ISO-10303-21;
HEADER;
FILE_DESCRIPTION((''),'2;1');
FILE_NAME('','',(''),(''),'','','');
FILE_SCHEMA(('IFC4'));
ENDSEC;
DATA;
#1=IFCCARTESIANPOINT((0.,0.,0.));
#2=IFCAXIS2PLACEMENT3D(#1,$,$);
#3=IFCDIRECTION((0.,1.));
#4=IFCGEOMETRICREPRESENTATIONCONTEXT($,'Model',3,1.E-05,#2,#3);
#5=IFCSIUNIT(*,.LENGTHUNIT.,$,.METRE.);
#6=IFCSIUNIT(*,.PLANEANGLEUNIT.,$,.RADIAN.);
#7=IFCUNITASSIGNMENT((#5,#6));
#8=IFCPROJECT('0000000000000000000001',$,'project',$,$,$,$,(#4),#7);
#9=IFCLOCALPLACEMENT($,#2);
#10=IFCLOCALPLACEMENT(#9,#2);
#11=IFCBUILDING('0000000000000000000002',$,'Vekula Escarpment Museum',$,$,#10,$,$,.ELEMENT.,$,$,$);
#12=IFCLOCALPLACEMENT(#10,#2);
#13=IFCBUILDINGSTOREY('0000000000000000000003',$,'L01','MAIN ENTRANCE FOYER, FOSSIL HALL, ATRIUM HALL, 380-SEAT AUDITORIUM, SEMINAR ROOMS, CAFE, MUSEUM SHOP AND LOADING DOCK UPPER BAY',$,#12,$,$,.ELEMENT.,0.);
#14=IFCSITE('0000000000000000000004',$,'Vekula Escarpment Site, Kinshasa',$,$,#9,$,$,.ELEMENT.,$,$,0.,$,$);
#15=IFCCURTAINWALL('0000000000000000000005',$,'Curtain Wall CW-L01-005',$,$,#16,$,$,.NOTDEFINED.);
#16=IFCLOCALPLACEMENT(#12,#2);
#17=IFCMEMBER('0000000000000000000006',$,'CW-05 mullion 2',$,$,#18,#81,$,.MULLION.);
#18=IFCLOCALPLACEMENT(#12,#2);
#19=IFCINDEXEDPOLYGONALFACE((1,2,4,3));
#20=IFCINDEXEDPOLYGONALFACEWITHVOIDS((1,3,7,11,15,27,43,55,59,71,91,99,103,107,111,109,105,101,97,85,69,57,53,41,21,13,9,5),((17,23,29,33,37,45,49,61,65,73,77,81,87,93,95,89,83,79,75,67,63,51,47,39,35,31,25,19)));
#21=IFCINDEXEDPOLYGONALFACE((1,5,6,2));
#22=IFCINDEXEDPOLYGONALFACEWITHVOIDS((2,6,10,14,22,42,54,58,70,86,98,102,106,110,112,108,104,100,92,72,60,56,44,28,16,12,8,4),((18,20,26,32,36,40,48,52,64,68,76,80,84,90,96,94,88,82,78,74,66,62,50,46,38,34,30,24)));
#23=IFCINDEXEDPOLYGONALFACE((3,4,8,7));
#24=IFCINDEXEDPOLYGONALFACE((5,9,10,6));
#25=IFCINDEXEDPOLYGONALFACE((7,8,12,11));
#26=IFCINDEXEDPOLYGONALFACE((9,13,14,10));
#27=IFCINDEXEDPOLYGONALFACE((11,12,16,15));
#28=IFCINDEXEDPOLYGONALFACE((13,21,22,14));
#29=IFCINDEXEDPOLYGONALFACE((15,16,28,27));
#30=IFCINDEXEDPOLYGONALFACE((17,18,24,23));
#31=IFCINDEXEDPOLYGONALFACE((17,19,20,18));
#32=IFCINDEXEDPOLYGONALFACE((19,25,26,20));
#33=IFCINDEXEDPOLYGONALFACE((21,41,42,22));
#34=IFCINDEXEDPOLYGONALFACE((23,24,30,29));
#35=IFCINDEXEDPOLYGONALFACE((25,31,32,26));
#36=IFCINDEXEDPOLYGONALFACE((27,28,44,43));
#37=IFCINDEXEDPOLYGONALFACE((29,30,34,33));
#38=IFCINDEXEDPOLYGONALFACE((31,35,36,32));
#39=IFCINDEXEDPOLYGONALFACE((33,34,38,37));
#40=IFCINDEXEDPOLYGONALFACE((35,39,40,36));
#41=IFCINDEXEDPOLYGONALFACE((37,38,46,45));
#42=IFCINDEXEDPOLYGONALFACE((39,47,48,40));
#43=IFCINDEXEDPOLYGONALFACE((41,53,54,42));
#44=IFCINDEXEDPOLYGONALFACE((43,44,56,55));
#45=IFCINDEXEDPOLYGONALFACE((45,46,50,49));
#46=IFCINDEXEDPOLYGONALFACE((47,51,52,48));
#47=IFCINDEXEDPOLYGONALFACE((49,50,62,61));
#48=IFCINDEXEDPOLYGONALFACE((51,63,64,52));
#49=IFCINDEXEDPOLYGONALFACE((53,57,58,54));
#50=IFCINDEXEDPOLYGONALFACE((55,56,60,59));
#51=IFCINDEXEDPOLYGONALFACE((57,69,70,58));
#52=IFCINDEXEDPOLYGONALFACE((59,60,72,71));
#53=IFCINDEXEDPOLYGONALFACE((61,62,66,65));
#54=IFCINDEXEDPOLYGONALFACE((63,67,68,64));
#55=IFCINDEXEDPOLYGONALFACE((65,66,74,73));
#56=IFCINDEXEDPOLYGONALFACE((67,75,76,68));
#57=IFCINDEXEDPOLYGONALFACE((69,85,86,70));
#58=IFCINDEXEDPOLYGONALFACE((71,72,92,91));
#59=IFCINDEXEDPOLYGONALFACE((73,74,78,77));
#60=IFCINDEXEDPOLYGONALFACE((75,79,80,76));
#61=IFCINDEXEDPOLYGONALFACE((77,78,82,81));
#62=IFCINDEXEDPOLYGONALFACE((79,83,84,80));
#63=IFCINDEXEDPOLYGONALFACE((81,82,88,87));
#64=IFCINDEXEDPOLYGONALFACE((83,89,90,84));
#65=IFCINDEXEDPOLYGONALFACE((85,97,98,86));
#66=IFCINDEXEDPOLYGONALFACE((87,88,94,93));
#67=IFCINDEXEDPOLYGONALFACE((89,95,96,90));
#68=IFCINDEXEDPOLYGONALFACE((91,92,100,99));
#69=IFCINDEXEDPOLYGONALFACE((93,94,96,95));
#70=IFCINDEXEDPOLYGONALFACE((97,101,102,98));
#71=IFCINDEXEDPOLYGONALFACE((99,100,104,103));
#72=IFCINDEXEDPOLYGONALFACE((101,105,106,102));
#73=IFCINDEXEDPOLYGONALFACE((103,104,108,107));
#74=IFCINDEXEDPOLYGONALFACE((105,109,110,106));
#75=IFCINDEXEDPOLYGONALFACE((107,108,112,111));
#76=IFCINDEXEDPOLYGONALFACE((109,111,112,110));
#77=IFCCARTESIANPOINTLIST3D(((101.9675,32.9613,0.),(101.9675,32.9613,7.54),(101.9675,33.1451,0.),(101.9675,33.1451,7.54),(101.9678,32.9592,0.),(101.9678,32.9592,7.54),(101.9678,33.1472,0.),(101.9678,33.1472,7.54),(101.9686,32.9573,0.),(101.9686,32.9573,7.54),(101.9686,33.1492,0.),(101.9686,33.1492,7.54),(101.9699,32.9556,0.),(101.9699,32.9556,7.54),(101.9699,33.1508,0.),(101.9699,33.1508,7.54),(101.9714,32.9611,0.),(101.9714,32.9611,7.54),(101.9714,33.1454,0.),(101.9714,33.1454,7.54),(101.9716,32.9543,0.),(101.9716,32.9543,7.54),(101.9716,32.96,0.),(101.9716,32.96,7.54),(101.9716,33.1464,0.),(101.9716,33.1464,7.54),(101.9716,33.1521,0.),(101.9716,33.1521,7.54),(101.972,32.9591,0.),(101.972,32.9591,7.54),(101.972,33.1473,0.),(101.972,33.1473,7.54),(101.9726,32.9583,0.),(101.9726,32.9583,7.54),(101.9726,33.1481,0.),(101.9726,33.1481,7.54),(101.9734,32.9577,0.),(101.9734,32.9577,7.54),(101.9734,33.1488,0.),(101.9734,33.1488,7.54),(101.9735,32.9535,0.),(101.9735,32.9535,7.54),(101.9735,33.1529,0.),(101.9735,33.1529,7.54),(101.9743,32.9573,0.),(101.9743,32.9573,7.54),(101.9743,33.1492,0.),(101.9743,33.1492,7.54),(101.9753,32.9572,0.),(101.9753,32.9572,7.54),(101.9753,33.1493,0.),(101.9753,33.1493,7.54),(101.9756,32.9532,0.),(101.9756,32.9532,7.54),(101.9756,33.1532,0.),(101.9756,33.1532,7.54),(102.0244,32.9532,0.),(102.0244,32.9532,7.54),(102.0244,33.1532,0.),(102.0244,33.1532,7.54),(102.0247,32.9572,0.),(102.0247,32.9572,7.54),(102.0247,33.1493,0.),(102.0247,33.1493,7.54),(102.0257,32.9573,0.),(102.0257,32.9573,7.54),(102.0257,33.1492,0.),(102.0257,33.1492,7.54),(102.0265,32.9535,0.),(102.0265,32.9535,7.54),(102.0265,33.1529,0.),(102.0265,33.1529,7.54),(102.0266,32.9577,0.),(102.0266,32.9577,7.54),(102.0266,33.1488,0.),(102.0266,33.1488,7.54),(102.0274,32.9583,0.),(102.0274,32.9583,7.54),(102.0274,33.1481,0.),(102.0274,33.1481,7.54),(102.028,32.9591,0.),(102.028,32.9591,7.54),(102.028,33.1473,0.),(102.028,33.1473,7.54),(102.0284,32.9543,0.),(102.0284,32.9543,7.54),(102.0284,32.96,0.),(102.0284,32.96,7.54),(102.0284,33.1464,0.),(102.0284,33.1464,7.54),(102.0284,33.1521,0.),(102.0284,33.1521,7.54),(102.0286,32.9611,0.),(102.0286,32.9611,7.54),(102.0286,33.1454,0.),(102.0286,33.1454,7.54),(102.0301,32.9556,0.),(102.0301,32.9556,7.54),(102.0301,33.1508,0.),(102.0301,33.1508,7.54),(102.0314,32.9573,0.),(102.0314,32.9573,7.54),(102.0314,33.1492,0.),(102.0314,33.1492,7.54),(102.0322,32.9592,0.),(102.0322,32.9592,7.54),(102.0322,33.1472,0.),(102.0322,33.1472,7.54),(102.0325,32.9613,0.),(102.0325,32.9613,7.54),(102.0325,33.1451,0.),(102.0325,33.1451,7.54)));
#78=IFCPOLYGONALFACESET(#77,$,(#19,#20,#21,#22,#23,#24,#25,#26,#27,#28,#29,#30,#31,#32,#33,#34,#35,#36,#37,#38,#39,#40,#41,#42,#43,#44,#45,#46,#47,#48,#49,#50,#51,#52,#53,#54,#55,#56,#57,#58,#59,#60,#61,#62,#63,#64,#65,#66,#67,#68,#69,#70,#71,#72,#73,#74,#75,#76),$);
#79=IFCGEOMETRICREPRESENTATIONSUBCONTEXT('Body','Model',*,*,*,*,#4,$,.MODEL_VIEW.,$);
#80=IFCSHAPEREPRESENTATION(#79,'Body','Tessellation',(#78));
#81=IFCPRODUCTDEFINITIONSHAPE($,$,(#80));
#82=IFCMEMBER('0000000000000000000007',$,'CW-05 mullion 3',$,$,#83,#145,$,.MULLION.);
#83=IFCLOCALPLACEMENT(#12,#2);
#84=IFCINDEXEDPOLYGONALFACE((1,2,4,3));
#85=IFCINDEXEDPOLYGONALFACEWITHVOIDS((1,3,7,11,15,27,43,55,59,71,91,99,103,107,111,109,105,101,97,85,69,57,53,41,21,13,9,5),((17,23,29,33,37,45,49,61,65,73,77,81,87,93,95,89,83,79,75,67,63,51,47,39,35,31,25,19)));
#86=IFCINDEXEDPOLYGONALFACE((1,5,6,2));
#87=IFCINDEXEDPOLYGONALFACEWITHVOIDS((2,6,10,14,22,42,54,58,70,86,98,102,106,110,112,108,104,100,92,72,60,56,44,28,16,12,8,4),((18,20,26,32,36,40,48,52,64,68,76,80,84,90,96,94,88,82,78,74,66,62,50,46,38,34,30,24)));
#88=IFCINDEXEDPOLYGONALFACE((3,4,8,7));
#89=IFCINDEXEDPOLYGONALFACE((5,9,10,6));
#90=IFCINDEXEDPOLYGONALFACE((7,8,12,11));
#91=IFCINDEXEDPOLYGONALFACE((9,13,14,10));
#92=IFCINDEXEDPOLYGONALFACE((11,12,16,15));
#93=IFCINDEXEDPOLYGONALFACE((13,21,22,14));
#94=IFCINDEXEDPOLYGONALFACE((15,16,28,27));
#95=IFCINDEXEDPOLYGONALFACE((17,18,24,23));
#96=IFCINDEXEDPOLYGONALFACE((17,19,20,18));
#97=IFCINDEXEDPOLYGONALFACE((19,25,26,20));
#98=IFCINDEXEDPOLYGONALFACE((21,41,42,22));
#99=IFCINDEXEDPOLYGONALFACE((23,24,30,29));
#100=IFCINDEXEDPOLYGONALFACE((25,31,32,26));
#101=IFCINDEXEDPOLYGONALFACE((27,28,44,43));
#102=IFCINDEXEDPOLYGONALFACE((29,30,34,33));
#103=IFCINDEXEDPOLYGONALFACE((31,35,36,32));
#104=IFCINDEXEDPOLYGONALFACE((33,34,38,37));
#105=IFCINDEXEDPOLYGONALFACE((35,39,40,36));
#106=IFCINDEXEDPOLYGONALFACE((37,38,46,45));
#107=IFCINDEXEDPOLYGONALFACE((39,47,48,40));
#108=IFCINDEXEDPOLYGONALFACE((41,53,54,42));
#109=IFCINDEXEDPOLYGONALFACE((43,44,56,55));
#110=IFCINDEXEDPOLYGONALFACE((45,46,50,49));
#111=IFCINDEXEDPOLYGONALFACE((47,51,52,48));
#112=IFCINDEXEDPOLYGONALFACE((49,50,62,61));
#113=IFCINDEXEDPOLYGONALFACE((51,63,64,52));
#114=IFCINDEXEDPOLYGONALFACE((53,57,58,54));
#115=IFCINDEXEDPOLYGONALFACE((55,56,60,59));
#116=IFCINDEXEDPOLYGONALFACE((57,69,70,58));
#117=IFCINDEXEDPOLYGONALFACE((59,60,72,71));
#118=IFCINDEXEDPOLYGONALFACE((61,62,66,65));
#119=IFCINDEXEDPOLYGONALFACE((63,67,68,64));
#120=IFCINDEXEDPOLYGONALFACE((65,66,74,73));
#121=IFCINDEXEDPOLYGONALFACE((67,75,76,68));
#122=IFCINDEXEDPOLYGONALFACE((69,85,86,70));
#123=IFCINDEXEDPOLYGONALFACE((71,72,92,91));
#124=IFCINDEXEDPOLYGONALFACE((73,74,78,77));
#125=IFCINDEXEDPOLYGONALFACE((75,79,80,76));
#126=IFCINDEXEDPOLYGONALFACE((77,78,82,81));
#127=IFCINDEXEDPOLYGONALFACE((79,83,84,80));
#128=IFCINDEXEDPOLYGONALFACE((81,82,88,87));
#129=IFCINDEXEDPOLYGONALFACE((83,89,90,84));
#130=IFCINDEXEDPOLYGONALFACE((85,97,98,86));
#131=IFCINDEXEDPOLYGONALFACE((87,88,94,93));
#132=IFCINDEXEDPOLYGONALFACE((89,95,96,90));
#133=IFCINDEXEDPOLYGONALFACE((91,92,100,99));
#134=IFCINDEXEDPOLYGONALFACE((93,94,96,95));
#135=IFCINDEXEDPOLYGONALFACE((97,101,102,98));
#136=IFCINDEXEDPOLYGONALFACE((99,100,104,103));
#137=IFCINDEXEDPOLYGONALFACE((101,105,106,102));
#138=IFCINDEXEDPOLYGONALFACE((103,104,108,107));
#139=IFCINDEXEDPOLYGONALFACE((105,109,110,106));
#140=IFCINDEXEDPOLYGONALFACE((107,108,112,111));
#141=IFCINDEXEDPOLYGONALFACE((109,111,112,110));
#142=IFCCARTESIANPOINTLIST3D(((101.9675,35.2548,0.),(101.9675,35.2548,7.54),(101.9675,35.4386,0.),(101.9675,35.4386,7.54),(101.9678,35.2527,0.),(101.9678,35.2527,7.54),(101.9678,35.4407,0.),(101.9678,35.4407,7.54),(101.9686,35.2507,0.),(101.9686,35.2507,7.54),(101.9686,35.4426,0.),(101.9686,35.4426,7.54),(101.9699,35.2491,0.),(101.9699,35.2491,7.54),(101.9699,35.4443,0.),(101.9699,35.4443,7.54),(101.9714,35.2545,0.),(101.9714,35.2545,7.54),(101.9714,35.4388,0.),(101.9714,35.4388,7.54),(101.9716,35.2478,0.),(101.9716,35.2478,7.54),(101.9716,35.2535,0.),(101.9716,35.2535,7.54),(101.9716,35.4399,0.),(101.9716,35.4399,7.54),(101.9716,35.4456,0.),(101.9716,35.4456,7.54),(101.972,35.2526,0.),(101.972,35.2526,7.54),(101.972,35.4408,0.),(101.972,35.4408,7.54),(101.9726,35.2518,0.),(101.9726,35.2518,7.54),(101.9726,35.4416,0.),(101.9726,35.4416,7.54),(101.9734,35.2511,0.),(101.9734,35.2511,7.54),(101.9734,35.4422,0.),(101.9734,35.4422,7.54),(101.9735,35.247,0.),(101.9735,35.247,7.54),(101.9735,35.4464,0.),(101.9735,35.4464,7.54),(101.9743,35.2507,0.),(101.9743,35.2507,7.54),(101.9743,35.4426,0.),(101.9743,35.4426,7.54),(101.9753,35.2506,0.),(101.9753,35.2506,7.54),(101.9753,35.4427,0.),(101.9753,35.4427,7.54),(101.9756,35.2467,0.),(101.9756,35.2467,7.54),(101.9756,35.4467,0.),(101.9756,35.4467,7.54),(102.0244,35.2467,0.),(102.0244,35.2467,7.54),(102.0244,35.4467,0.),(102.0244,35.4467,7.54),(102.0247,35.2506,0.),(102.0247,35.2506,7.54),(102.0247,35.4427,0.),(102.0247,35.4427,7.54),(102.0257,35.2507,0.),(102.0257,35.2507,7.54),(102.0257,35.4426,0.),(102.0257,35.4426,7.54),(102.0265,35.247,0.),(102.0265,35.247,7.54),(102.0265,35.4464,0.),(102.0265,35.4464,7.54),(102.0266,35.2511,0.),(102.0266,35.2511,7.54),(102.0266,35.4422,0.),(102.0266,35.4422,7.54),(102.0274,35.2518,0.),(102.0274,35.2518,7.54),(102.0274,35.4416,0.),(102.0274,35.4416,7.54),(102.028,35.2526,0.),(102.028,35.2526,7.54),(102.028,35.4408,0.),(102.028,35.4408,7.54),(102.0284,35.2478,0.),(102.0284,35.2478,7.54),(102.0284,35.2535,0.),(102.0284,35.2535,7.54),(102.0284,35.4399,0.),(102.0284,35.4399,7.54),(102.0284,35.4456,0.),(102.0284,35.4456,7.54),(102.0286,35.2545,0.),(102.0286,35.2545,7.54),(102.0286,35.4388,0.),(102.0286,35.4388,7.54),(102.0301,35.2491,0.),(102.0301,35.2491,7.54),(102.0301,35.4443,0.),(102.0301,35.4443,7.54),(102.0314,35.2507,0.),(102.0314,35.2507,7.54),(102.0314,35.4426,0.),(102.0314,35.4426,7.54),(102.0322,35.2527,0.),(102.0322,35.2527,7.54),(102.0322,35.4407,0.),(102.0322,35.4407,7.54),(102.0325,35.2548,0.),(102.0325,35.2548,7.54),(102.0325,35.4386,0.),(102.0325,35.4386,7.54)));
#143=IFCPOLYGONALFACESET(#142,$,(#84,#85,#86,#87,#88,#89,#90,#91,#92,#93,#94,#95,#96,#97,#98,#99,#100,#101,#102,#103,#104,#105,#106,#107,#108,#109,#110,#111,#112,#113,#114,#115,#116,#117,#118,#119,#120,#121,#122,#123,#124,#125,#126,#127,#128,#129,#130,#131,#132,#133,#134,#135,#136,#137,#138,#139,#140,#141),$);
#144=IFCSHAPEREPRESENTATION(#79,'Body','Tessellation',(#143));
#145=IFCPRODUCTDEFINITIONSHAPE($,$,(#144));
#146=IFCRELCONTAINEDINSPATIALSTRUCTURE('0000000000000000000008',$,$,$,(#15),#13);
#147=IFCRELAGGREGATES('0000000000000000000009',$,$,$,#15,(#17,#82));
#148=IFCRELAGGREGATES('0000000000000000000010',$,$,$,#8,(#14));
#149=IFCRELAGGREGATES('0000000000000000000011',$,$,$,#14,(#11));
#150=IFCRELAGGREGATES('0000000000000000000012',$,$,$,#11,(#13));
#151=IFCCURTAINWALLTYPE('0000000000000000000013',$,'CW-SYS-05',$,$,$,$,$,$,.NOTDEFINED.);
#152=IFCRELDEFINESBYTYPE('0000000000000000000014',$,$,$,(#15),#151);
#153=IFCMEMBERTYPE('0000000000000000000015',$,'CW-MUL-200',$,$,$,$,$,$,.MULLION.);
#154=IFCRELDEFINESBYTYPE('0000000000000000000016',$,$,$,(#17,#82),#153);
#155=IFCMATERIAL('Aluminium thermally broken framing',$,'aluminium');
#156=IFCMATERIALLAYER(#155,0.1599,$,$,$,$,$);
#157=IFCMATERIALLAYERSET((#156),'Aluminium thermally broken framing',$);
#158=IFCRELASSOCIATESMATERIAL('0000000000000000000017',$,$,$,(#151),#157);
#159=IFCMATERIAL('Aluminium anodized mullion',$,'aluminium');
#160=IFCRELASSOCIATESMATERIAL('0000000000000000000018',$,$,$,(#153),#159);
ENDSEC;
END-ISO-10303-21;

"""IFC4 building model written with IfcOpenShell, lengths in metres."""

from ifc_helpers import new_model, si_unit, direction, frame, origin, origin_2d, place, context, subcontext, project, spatial, hollow_rectangle, extrude, material, layer, layer_set, material_profile, profile_set, type_object, element, aggregate, save


model = new_model("IFC4")

# Units and contexts
model_context = context("Model", 3, precision=1e-05, world=origin(), true_north=direction((0.0, 1.0)))
body_context = subcontext(model_context, "Body", "Model", "MODEL_VIEW")
ifc_project = project(units=[si_unit("LENGTHUNIT", "METRE"), si_unit("PLANEANGLEUNIT", "RADIAN")], contexts=[model_context])

# Site, building, storey
site_placement = place(None, origin())
site = spatial("IfcSite", under=ifc_project, at=site_placement, Name="Vekula Escarpment Site, Kinshasa", CompositionType="ELEMENT", RefElevation=0.0)
building_placement = place(site_placement, origin())
building = spatial("IfcBuilding", under=site, at=building_placement, Name="Vekula Escarpment Museum", CompositionType="ELEMENT")
storey_placement = place(building_placement, origin())
storey = spatial("IfcBuildingStorey", under=building, at=storey_placement, Name="L01", Description="MAIN ENTRANCE FOYER, FOSSIL HALL, ATRIUM HALL, 380-SEAT AUDITORIUM, SEMINAR ROOMS, CAFE, MUSEUM SHOP AND LOADING DOCK UPPER BAY", CompositionType="ELEMENT", Elevation=0.0)

# Curtain wall, members
ifc_material_1 = material(Name="Aluminium thermally broken framing", Category="aluminium")
ifc_layer_1 = layer(ifc_material_1, 0.1599)
ifc_layer_set_1 = layer_set([ifc_layer_1], Name="Aluminium thermally broken framing")
curtain_wall_type = type_object("IfcCurtainWallType", Name="CW-SYS-05", PredefinedType="NOTDEFINED", material=ifc_layer_set_1)
curtain_wall_placement = place(storey_placement, origin())
curtain_wall = element("IfcCurtainWall", 1, at=curtain_wall_placement, inside=storey, type_object=curtain_wall_type, Name="Curtain Wall CW-L01-005", PredefinedType="NOTDEFINED")
ifc_material_2 = material(Name="Aluminium anodized mullion", Category="aluminium")
ifc_material_profile_1 = material_profile(ifc_material_2, hollow_rectangle(XDim=0.0649, YDim=0.2, WallThickness=0.0039, InnerFilletRadius=0.0039, OuterFilletRadius=0.0081, at=origin_2d()), Name="ALU 200x65x4")
ifc_profile_set_1 = profile_set([ifc_material_profile_1], Name="Aluminium anodized mullion")
member_type_1 = type_object("IfcMemberType", Name="CW-MUL-200", PredefinedType="MULLION", material=ifc_profile_set_1)
member_1_placement = place(storey_placement, frame((102.0, 33.0532, 0.0), z_axis=(0.0, 0.0, 1.0), x_axis=(-1.0, 0.0, 0.0)))
member_1 = element("IfcMember", 2, at=member_1_placement, type_object=member_type_1, Name="CW-05 mullion 2", PredefinedType="MULLION", context=body_context, shape_type="SweptSolid", body=[
    extrude(hollow_rectangle(XDim=0.0649, YDim=0.2, WallThickness=0.0039, InnerFilletRadius=0.0039, OuterFilletRadius=0.0081, at=origin_2d()), origin(), (0.0, 0.0, 1.0), 7.54),
])
member_2_placement = place(storey_placement, frame((102.0, 35.3467, 0.0), z_axis=(0.0, 0.0, 1.0), x_axis=(-1.0, 0.0, 0.0)))
member_2 = element("IfcMember", 3, at=member_2_placement, type_object=member_type_1, Name="CW-05 mullion 3", PredefinedType="MULLION", context=body_context, shape_type="SweptSolid", body=[
    extrude(hollow_rectangle(XDim=0.0649, YDim=0.2, WallThickness=0.0039, InnerFilletRadius=0.0039, OuterFilletRadius=0.0081, at=origin_2d()), origin(), (0.0, 0.0, 1.0), 7.54),
])

aggregate(curtain_wall, [member_1, member_2])

save(model, "model.ifc")
